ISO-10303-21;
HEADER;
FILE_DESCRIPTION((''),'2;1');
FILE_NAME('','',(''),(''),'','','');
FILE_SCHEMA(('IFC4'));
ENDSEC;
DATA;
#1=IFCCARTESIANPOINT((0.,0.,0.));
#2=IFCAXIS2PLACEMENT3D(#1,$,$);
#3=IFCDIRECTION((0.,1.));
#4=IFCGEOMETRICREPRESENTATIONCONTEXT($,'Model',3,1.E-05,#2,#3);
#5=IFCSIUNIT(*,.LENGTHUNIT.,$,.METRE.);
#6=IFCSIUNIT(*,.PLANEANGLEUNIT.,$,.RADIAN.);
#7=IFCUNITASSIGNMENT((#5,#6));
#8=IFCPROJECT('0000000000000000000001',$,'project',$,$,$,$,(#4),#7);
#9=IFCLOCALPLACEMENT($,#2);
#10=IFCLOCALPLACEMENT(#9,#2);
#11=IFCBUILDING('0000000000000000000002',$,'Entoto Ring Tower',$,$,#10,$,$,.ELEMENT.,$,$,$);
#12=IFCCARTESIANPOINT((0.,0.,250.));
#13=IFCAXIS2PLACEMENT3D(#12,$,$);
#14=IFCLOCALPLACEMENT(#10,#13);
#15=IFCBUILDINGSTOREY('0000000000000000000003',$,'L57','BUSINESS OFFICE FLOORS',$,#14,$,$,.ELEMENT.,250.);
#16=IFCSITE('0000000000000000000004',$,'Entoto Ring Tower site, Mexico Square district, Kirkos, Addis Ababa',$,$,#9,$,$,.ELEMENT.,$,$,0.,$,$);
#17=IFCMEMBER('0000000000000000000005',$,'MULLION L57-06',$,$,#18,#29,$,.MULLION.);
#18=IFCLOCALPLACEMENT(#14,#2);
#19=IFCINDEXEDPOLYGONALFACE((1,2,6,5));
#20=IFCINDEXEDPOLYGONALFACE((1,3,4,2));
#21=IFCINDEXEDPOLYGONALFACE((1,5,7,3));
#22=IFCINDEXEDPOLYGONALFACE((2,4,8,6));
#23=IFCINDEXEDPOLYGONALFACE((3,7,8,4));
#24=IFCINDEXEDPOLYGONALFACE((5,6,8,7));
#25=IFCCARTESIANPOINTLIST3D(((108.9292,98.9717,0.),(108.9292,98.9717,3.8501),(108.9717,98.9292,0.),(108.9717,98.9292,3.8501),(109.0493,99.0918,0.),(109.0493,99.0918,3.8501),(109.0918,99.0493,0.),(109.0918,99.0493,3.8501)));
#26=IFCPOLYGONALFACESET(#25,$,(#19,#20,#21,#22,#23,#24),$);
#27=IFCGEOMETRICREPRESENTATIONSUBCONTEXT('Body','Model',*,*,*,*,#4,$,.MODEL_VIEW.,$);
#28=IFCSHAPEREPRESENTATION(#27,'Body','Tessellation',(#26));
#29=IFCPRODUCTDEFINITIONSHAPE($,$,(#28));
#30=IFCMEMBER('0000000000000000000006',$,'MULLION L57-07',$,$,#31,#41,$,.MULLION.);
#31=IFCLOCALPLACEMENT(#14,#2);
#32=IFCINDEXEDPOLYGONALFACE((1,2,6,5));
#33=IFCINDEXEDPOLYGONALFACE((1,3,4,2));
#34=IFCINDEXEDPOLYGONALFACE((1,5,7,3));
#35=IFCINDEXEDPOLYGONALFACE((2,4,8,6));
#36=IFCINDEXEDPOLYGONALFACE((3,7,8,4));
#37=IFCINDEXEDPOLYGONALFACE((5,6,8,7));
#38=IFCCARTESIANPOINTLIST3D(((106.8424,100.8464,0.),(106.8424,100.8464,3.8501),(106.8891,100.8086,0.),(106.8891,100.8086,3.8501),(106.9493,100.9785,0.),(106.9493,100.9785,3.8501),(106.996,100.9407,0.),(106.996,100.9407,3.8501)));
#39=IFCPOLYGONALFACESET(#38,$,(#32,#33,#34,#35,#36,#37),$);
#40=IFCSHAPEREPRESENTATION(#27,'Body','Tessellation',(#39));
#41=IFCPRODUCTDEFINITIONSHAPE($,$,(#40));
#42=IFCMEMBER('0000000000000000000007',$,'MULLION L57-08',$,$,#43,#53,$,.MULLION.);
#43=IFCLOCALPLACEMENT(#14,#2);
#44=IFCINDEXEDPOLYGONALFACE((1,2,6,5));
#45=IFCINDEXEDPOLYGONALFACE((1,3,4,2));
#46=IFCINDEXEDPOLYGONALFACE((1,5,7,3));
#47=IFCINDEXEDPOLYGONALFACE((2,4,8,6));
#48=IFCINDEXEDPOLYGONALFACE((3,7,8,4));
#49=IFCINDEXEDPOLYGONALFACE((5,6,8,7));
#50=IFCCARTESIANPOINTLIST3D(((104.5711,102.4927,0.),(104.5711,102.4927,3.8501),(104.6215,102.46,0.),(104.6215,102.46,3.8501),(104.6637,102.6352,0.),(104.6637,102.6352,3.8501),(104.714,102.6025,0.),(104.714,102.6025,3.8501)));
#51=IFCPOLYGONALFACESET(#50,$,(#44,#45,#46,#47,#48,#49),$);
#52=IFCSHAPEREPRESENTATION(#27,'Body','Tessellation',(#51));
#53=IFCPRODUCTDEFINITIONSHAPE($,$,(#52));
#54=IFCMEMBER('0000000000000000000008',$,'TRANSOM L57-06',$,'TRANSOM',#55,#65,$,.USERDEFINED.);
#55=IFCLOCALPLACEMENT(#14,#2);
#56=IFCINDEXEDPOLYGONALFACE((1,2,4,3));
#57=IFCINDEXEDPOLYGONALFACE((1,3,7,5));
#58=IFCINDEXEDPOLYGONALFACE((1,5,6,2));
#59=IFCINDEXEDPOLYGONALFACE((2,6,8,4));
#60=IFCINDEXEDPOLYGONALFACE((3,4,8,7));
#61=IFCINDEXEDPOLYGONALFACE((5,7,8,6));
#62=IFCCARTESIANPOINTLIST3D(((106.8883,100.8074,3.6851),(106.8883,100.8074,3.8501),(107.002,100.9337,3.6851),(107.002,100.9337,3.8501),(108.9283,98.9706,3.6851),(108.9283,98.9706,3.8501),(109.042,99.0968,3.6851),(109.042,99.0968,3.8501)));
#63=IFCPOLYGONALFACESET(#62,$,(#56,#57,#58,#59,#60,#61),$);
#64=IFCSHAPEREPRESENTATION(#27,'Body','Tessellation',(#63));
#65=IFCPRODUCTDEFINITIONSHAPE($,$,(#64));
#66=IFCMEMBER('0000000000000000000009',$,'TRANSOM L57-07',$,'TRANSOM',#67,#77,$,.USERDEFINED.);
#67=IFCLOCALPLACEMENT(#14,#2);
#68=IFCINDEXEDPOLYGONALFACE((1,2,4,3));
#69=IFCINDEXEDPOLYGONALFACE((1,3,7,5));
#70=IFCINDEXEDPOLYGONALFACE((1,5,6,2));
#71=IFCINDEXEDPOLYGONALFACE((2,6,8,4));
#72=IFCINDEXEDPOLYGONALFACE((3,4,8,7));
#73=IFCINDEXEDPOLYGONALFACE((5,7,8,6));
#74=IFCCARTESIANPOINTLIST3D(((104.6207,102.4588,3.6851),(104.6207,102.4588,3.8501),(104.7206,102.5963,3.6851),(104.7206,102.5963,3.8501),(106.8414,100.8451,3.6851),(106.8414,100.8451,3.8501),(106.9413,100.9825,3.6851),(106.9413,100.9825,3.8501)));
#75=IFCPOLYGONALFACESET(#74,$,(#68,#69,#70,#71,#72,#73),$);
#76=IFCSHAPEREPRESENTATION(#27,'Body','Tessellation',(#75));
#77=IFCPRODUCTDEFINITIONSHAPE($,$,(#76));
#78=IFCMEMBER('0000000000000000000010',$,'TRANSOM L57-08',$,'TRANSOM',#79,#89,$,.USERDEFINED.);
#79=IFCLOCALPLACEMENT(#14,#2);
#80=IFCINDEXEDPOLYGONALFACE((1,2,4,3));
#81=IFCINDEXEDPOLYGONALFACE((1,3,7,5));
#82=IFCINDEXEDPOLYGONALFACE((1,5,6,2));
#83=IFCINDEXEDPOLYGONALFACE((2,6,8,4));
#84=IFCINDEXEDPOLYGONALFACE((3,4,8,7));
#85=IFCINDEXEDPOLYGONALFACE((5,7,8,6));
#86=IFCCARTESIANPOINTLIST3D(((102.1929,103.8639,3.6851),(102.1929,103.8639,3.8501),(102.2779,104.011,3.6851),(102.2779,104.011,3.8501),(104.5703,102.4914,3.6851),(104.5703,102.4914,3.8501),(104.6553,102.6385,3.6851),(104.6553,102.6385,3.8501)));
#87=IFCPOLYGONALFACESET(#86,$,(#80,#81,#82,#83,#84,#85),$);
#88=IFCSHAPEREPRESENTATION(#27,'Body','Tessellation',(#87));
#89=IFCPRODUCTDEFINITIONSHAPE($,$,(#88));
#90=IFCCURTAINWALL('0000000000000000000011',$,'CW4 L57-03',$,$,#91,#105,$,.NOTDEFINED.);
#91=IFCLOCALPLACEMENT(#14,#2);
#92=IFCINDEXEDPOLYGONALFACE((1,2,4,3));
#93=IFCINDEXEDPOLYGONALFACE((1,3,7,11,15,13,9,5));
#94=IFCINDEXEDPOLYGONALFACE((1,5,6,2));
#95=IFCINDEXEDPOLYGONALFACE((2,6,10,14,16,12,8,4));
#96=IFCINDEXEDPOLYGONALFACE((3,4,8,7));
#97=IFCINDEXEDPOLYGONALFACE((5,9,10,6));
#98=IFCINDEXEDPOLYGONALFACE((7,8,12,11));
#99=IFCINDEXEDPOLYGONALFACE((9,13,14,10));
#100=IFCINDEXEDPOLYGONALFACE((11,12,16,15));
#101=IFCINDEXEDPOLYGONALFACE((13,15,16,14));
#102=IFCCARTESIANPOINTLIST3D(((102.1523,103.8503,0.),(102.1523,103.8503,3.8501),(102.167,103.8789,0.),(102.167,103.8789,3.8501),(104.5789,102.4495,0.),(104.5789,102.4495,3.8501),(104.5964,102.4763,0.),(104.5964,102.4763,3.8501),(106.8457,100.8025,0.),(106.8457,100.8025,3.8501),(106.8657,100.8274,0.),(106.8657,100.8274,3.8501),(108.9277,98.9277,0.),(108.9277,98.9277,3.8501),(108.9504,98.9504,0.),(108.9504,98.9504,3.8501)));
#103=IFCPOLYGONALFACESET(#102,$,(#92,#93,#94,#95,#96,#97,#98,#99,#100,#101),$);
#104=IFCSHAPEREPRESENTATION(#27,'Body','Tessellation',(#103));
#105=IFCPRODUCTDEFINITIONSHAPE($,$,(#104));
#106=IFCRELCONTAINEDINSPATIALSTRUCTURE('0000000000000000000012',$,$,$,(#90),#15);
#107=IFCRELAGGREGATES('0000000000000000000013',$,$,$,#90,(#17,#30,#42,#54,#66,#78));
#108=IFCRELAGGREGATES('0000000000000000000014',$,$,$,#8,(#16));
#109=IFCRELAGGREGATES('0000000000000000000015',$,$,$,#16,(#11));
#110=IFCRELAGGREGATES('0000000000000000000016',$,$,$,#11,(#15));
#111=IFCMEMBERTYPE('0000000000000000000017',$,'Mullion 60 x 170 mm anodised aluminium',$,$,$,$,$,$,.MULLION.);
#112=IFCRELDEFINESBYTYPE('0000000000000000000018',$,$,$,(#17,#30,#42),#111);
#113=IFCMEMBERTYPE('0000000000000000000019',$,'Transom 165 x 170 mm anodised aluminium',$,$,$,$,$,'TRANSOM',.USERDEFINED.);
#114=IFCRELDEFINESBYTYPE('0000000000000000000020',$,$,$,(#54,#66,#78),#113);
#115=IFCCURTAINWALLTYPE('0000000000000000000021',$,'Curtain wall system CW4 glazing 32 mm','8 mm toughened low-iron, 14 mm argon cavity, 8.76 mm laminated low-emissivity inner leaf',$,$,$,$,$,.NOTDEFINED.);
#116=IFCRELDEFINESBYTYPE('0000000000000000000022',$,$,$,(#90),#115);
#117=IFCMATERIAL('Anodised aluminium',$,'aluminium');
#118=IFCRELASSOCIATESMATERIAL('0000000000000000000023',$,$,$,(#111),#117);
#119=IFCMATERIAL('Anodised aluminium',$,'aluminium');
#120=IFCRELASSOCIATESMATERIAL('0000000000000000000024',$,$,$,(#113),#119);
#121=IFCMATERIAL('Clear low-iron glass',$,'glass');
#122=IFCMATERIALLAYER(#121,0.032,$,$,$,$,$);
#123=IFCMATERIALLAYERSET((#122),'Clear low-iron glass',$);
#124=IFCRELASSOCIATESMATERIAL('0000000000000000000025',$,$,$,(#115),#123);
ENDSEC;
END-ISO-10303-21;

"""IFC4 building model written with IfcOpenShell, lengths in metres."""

from ifc_helpers import new_model, si_unit, direction, frame, origin, origin_2d, place, context, subcontext, project, spatial, polyline, rectangle, outline, extrude, material, layer, layer_set, material_profile, profile_set, type_object, element, aggregate, save


model = new_model("IFC4")

# Units and contexts
model_context = context("Model", 3, precision=1e-05, world=origin(), true_north=direction((0.0, 1.0)))
body_context = subcontext(model_context, "Body", "Model", "MODEL_VIEW")
ifc_project = project(units=[si_unit("LENGTHUNIT", "METRE"), si_unit("PLANEANGLEUNIT", "RADIAN")], contexts=[model_context])

# Members
ifc_material_1 = material(Name="Anodised aluminium", Category="aluminium")
ifc_material_profile_1 = material_profile(ifc_material_1, rectangle(XDim=0.0601, YDim=0.1699, at=origin_2d()), Name="Mullion 60 x 170 mm anodised aluminium")
ifc_profile_set_1 = profile_set([ifc_material_profile_1], Name="Anodised aluminium")
member_type_1 = type_object("IfcMemberType", Name="Mullion 60 x 170 mm anodised aluminium", PredefinedType="MULLION", material=ifc_profile_set_1)
site_placement = place(None, origin())
building_placement = place(site_placement, origin())
storey_placement = place(building_placement, frame((0.0, 0.0, 250.0)))
member_1_placement = place(storey_placement, frame((109.0105, 99.0105, 0.0), z_axis=(0.0, 0.0, 1.0), x_axis=(-0.707107, 0.707107, 0.0)))
member_1 = element("IfcMember", 1, at=member_1_placement, type_object=member_type_1, Name="MULLION L57-06", PredefinedType="MULLION", context=body_context, shape_type="SweptSolid", body=[
    extrude(rectangle(XDim=0.0601, YDim=0.1699, at=origin_2d()), origin(), (0.0, 0.0, 1.0), 3.8501),
])
member_2_placement = place(storey_placement, frame((106.9192, 100.8936, 0.0), z_axis=(0.0, 0.0, 1.0), x_axis=(-0.777146, 0.62932, 0.0)))
member_2 = element("IfcMember", 2, at=member_2_placement, type_object=member_type_1, Name="MULLION L57-07", PredefinedType="MULLION", context=body_context, shape_type="SweptSolid", body=[
    extrude(rectangle(XDim=0.0601, YDim=0.1699, at=origin_2d()), origin(), (0.0, 0.0, 1.0), 3.8501),
])
member_3_placement = place(storey_placement, frame((104.6426, 102.5476, 0.0), z_axis=(0.0, 0.0, 1.0), x_axis=(-0.838671, 0.544639, 0.0)))
member_3 = element("IfcMember", 3, at=member_3_placement, type_object=member_type_1, Name="MULLION L57-08", PredefinedType="MULLION", context=body_context, shape_type="SweptSolid", body=[
    extrude(rectangle(XDim=0.0601, YDim=0.1699, at=origin_2d()), origin(), (0.0, 0.0, 1.0), 3.8501),
])
ifc_material_2 = material(Name="Anodised aluminium", Category="aluminium")
ifc_material_profile_2 = material_profile(ifc_material_2, rectangle(XDim=0.1699, YDim=0.165, at=origin_2d()), Name="Transom 165 x 170 mm anodised aluminium")
ifc_profile_set_2 = profile_set([ifc_material_profile_2], Name="Anodised aluminium")
member_type_2 = type_object("IfcMemberType", Name="Transom 165 x 170 mm anodised aluminium", ElementType="TRANSOM", PredefinedType="USERDEFINED", material=ifc_profile_set_2)
member_4_placement = place(storey_placement, frame((108.9851, 99.0337, 3.7676), z_axis=(-0.743135, 0.669142, 0.0), x_axis=(-0.669142, -0.743135, 0.0)))
member_4 = element("IfcMember", 4, at=member_4_placement, type_object=member_type_2, Name="TRANSOM L57-06", ObjectType="TRANSOM", PredefinedType="USERDEFINED", context=body_context, shape_type="SweptSolid", body=[
    extrude(rectangle(XDim=0.1699, YDim=0.165, at=origin_2d()), origin(), (0.0, 0.0, 1.0), 2.7451),
])
member_5_placement = place(storey_placement, frame((106.8914, 100.9138, 3.7676), z_axis=(-0.808959, 0.587865, 0.0), x_axis=(-0.587865, -0.808959, 0.0)))
member_5 = element("IfcMember", 5, at=member_5_placement, type_object=member_type_2, Name="TRANSOM L57-07", ObjectType="TRANSOM", PredefinedType="USERDEFINED", context=body_context, shape_type="SweptSolid", body=[
    extrude(rectangle(XDim=0.1699, YDim=0.165, at=origin_2d()), origin(), (0.0, 0.0, 1.0), 2.7451),
])
member_6_placement = place(storey_placement, frame((104.6128, 102.5649, 3.7676), z_axis=(-0.866035, 0.499984, 0.0), x_axis=(-0.499984, -0.866035, 0.0)))
member_6 = element("IfcMember", 6, at=member_6_placement, type_object=member_type_2, Name="TRANSOM L57-08", ObjectType="TRANSOM", PredefinedType="USERDEFINED", context=body_context, shape_type="SweptSolid", body=[
    extrude(rectangle(XDim=0.1699, YDim=0.165, at=origin_2d()), origin(), (0.0, 0.0, 1.0), 2.7451),
])

# Site, building, storey
site = spatial("IfcSite", under=ifc_project, at=site_placement, Name="Entoto Ring Tower site, Mexico Square district, Kirkos, Addis Ababa", CompositionType="ELEMENT", RefElevation=0.0)
building = spatial("IfcBuilding", under=site, at=building_placement, Name="Entoto Ring Tower", CompositionType="ELEMENT")
storey = spatial("IfcBuildingStorey", under=building, at=storey_placement, Name="L57", Description="BUSINESS OFFICE FLOORS", CompositionType="ELEMENT", Elevation=250.0)

# Curtain wall
ifc_material_3 = material(Name="Clear low-iron glass", Category="glass")
ifc_layer = layer(ifc_material_3, 0.032)
ifc_layer_set = layer_set([ifc_layer], Name="Clear low-iron glass")
curtain_wall_type = type_object("IfcCurtainWallType", Name="Curtain wall system CW4 glazing 32 mm", Description="8 mm toughened low-iron, 14 mm argon cavity, 8.76 mm laminated low-emissivity inner leaf", PredefinedType="NOTDEFINED", material=ifc_layer_set)
curtain_wall_1_placement = place(storey_placement, origin())
curtain_wall_1 = element("IfcCurtainWall", 7, at=curtain_wall_1_placement, inside=storey, type_object=curtain_wall_type, Name="CW4 L57-03", PredefinedType="NOTDEFINED", context=body_context, shape_type="SweptSolid", body=[
    extrude(outline(polyline([(108.9504, 98.9504), (106.8657, 100.8274), (104.5964, 102.4763), (102.167, 103.8789), (102.1523, 103.8503), (104.5789, 102.4495), (106.8457, 100.8025), (108.9277, 98.9277), (108.9504, 98.9504)])), origin(), (0.0, 0.0, 1.0), 3.8501),
])
aggregate(curtain_wall_1, [member_1, member_2, member_3, member_4, member_5, member_6])

save(model, "model.ifc")
